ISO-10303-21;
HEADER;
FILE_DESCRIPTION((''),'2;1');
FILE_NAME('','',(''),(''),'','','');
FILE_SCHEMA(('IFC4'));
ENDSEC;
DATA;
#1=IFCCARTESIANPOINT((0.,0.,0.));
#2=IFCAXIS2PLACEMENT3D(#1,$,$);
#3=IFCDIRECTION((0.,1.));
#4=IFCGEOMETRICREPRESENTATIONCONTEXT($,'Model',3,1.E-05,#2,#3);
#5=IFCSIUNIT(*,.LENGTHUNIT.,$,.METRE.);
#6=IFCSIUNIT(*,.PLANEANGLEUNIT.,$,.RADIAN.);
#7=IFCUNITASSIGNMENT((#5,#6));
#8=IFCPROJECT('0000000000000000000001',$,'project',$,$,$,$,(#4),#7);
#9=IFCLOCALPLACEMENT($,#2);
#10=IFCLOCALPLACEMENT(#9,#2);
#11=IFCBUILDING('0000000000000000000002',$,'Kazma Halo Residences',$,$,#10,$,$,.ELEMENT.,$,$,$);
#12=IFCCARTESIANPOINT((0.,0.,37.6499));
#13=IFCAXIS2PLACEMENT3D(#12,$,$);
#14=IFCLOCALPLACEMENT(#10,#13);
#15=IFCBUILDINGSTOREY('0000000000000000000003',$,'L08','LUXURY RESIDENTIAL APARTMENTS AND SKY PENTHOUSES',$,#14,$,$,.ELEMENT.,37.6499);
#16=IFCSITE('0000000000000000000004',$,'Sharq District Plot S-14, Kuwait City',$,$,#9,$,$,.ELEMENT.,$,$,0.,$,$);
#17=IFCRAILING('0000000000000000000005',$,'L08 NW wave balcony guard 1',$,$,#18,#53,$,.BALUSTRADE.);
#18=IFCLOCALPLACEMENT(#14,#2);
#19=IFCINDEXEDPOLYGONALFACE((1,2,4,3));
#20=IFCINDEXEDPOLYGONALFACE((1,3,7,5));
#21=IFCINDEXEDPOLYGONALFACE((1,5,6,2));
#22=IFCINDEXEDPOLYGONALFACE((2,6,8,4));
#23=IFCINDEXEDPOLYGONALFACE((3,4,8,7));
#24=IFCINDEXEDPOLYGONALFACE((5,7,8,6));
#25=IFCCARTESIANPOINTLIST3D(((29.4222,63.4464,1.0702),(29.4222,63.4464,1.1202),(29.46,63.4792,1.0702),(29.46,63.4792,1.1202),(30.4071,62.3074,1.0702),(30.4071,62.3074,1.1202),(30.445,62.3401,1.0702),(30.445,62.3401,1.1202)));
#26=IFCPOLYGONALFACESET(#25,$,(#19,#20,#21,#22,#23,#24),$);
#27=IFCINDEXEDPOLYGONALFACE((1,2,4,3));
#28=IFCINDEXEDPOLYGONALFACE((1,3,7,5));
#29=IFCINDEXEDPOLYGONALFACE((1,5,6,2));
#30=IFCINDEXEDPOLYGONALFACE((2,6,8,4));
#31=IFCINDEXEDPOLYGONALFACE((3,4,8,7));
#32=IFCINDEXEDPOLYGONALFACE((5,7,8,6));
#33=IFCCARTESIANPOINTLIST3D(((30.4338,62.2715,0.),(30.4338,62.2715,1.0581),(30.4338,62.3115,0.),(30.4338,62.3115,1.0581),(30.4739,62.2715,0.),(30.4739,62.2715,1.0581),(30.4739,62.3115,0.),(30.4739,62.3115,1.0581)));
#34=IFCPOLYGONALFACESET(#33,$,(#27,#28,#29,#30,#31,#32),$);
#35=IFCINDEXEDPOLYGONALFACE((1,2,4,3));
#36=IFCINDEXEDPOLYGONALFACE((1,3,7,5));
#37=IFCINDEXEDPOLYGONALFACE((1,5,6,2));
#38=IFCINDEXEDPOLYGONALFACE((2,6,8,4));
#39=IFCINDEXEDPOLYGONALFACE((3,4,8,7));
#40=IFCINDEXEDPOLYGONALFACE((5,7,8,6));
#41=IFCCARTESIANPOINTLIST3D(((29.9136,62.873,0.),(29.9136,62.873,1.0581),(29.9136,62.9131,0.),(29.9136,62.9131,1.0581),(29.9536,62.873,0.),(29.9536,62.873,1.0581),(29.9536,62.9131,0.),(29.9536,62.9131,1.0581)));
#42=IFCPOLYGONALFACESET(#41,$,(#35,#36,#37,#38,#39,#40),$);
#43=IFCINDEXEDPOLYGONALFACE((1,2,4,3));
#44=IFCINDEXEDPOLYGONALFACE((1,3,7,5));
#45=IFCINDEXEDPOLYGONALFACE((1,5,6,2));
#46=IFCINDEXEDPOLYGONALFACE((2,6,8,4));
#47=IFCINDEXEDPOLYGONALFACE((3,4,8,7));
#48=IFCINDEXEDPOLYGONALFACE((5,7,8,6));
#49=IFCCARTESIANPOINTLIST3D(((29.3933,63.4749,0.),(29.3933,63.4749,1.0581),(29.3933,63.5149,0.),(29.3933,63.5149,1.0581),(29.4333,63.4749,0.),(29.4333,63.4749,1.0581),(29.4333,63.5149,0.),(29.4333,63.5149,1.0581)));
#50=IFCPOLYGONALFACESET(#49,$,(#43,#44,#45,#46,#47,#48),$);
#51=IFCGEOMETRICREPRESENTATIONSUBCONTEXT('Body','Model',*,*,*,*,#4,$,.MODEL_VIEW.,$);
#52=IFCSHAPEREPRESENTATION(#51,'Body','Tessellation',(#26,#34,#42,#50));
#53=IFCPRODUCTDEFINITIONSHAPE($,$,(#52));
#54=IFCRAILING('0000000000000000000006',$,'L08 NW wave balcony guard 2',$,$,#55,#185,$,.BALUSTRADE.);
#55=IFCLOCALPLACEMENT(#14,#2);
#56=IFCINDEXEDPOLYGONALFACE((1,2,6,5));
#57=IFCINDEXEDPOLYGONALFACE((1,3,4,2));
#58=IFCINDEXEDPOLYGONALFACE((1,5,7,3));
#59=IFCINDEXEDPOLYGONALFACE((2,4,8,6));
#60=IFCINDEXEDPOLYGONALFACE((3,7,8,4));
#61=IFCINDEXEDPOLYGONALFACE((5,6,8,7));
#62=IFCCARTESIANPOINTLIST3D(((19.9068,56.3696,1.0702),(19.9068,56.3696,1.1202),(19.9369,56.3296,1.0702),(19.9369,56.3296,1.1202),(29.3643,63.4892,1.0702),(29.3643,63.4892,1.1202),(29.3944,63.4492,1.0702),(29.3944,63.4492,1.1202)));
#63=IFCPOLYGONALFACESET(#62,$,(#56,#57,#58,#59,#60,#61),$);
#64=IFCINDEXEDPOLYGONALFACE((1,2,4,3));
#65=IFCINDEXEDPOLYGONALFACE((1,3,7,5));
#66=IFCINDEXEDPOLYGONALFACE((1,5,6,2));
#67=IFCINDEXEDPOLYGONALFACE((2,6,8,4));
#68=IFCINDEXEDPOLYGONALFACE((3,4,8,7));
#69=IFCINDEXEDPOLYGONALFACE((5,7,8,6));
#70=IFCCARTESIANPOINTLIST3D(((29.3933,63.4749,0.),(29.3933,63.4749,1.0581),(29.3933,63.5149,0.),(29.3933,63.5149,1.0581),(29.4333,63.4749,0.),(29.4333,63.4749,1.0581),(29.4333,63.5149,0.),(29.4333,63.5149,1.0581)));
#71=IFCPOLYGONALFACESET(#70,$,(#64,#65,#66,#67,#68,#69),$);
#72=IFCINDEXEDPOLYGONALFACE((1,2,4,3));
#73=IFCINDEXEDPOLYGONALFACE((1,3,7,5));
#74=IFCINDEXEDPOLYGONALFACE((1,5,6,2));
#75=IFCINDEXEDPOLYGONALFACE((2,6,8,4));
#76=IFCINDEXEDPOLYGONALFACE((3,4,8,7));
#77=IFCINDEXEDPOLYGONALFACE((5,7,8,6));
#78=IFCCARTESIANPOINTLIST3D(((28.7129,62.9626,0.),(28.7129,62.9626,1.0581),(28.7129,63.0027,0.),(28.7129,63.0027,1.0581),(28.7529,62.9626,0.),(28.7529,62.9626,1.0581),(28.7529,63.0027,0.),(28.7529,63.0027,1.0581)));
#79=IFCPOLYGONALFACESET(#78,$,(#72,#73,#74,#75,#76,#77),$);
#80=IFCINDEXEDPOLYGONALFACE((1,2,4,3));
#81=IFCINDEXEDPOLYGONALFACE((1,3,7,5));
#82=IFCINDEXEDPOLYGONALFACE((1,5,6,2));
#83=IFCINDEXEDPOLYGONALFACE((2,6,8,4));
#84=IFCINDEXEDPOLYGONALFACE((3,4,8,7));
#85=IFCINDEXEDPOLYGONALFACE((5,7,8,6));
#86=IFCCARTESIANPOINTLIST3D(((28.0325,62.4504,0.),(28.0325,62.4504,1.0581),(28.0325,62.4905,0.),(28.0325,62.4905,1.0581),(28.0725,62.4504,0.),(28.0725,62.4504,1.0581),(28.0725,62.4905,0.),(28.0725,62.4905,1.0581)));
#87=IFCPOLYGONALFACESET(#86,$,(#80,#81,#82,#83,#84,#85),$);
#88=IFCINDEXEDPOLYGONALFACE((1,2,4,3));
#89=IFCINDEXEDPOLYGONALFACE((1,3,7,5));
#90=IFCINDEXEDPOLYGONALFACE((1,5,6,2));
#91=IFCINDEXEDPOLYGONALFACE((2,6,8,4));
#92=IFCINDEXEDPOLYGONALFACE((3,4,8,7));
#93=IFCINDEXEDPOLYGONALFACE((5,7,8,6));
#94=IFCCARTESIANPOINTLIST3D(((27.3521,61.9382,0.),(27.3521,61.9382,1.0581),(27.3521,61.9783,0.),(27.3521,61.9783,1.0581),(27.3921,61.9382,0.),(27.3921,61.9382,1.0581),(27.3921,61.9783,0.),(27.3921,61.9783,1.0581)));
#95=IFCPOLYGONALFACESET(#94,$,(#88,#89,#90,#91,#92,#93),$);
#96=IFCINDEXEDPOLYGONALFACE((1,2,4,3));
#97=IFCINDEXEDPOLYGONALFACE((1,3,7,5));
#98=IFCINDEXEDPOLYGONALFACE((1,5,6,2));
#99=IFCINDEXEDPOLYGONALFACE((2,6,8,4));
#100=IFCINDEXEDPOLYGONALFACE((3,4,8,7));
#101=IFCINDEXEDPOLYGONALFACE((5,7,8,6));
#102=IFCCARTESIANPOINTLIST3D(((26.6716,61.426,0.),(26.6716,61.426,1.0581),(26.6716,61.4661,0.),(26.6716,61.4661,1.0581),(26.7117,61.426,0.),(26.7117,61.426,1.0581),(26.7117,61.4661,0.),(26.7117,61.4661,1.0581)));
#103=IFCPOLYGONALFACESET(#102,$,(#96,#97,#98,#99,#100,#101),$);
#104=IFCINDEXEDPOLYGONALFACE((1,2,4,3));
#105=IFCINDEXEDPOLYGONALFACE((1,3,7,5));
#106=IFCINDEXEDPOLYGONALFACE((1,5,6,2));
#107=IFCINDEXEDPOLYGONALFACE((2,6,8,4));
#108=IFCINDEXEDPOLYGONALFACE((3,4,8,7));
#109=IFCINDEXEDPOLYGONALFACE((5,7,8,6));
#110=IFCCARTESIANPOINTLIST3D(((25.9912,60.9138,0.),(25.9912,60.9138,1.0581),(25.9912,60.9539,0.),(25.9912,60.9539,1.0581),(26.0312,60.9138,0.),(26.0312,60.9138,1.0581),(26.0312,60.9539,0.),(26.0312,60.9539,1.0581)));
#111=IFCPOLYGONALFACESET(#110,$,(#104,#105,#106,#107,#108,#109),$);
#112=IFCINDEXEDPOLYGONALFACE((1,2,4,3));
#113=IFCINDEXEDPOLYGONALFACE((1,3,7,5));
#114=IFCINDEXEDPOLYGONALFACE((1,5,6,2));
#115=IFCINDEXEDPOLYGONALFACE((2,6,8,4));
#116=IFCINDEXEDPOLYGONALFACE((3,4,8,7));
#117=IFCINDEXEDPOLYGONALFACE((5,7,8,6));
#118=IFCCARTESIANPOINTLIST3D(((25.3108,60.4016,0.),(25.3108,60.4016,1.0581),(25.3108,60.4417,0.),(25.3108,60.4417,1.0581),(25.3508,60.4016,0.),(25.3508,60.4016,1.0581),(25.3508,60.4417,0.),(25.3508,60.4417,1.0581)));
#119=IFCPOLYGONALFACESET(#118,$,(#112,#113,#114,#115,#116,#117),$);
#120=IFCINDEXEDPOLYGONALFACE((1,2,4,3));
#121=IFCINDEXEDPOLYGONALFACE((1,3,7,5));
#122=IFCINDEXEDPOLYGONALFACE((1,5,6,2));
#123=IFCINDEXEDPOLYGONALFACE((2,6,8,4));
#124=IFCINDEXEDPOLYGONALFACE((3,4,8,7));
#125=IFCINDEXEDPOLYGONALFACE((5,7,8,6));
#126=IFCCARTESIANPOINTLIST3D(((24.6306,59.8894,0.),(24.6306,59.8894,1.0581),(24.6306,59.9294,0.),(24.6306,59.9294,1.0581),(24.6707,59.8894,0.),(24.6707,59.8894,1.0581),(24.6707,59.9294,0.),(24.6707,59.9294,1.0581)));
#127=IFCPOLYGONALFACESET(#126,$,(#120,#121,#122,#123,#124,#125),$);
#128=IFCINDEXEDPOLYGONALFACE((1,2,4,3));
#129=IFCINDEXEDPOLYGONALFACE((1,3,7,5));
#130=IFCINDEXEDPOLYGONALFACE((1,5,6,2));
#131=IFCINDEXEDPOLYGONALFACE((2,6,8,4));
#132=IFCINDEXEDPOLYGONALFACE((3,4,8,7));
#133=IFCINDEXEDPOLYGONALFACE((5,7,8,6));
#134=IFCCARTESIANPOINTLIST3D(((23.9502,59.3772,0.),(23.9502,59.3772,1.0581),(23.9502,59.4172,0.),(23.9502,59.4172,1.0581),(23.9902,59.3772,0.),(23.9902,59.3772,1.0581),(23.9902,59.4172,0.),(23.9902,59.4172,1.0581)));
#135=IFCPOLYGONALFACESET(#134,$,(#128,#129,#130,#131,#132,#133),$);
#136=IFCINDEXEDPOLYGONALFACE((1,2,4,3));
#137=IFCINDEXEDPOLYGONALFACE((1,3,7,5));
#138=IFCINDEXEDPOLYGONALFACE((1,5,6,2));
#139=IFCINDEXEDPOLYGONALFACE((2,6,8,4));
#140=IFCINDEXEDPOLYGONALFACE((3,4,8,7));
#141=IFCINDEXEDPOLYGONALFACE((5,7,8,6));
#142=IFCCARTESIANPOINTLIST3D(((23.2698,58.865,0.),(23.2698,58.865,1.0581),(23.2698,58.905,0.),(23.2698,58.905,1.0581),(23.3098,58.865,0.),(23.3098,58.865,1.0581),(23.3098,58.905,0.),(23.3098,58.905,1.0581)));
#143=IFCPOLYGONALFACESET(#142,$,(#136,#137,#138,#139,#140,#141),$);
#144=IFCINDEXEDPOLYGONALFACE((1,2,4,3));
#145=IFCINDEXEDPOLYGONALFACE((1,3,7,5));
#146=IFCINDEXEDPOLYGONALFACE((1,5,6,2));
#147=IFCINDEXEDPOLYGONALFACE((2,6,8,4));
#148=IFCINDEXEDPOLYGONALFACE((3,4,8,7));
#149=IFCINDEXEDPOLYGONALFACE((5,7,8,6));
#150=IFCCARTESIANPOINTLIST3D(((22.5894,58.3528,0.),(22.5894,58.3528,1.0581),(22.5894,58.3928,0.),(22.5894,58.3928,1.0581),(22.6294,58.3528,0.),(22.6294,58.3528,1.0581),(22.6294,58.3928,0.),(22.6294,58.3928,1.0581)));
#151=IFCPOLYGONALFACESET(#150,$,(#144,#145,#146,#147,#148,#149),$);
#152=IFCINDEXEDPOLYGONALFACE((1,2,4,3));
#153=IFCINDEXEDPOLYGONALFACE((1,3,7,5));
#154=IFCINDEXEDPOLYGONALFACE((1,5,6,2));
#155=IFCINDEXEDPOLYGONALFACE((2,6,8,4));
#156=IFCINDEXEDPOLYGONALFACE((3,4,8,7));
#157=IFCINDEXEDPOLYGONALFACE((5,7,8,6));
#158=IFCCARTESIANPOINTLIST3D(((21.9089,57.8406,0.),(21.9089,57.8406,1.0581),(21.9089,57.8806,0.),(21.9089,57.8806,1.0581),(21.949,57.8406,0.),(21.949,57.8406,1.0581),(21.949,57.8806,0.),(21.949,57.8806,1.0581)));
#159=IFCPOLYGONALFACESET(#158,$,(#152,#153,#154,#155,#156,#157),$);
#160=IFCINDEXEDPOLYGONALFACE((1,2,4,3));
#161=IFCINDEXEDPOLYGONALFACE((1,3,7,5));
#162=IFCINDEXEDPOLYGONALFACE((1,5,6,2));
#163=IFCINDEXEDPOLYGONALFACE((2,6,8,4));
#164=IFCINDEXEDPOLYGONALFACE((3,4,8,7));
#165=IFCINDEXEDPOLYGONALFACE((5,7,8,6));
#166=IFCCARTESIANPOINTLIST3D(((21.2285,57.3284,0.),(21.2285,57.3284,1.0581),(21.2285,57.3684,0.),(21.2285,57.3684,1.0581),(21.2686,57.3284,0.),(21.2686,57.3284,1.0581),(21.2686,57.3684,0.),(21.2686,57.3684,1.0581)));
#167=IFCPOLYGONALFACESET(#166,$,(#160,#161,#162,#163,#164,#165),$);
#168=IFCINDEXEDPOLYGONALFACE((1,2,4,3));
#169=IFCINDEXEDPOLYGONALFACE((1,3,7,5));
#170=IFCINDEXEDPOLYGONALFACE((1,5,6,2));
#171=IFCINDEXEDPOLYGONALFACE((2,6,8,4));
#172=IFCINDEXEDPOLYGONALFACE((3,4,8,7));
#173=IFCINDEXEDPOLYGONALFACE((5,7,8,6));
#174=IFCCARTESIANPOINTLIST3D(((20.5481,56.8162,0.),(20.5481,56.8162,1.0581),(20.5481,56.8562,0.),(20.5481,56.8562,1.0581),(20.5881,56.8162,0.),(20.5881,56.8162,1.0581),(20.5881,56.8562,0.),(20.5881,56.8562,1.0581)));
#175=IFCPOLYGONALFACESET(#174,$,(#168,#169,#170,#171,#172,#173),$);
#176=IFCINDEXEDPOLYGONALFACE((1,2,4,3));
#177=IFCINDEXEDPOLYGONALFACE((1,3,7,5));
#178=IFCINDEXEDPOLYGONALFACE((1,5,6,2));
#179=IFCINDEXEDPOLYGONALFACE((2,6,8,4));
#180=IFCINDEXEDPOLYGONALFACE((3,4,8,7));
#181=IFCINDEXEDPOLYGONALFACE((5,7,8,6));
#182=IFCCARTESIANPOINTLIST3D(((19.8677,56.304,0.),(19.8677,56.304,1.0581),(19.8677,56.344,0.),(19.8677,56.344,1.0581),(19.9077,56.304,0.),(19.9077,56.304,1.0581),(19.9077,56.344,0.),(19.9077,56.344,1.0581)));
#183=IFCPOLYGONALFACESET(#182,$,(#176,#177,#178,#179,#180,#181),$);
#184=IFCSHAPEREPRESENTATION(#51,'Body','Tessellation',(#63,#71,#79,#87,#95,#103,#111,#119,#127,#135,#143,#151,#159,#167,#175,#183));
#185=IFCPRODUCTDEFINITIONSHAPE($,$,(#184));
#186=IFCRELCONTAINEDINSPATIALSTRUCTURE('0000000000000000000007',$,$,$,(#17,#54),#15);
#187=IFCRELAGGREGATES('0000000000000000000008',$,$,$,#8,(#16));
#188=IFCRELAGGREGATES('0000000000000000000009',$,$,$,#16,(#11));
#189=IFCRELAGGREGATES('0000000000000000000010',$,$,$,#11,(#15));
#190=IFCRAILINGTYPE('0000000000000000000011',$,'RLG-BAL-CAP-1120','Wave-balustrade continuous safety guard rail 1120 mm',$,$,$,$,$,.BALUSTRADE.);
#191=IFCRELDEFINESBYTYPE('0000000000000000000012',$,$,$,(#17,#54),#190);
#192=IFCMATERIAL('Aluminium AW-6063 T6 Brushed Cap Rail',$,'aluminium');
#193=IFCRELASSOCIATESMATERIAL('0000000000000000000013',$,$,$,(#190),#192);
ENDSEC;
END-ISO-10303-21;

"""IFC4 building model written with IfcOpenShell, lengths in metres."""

from ifc_helpers import new_model, si_unit, direction, frame, origin, origin_2d, place, context, subcontext, project, spatial, rectangle, extrude, material, type_object, element, save


model = new_model("IFC4")

# Units and contexts
model_context = context("Model", 3, precision=1e-05, world=origin(), true_north=direction((0.0, 1.0)))
body_context = subcontext(model_context, "Body", "Model", "MODEL_VIEW")
ifc_project = project(units=[si_unit("LENGTHUNIT", "METRE"), si_unit("PLANEANGLEUNIT", "RADIAN")], contexts=[model_context])

# Site, building, storey
site_placement = place(None, origin())
site = spatial("IfcSite", under=ifc_project, at=site_placement, Name="Sharq District Plot S-14, Kuwait City", CompositionType="ELEMENT", RefElevation=0.0)
building_placement = place(site_placement, origin())
building = spatial("IfcBuilding", under=site, at=building_placement, Name="Kazma Halo Residences", CompositionType="ELEMENT")
storey_placement = place(building_placement, frame((0.0, 0.0, 37.6499)))
storey = spatial("IfcBuildingStorey", under=building, at=storey_placement, Name="L08", Description="LUXURY RESIDENTIAL APARTMENTS AND SKY PENTHOUSES", CompositionType="ELEMENT", Elevation=37.6499)

# Railings
ifc_material_1 = material(Name="Aluminium AW-6063 T6 Brushed Cap Rail", Category="aluminium")
railing_type = type_object("IfcRailingType", Name="RLG-BAL-CAP-1120", Description="Wave-balustrade continuous safety guard rail 1120 mm", PredefinedType="BALUSTRADE", material=ifc_material_1)
railing_1_placement = place(storey_placement, frame((30.4539, 62.2915, 0.0)))
element("IfcRailing", 1, at=railing_1_placement, inside=storey, type_object=railing_type, Name="L08 NW wave balcony guard 1", PredefinedType="BALUSTRADE", context=body_context, shape_type="SweptSolid", body=[
    extrude(rectangle(XDim=0.05, YDim=0.05, at=origin_2d()), frame((-0.0278, 0.0322, 1.0952), z_axis=(-0.654071, 0.756433, 0.0), x_axis=(-0.756433, -0.654071, 0.0)), (0.0, 0.0, 1.0), 1.5059),
    extrude(rectangle(XDim=0.04, YDim=0.04, at=origin_2d()), origin(), (0.0, 0.0, 1.0), 1.0581),
    extrude(rectangle(XDim=0.04, YDim=0.04, at=origin_2d()), frame((-0.5203, 0.6016, 0.0)), (0.0, 0.0, 1.0), 1.0581),
    extrude(rectangle(XDim=0.04, YDim=0.04, at=origin_2d()), frame((-1.0405, 1.2034, 0.0)), (0.0, 0.0, 1.0), 1.0581),
])
railing_2_placement = place(storey_placement, frame((29.4133, 63.4949, 0.0)))
element("IfcRailing", 2, at=railing_2_placement, inside=storey, type_object=railing_type, Name="L08 NW wave balcony guard 2", PredefinedType="BALUSTRADE", context=body_context, shape_type="SweptSolid", body=[
    extrude(rectangle(XDim=0.05, YDim=0.05, at=origin_2d()), frame((-0.0339, -0.0256, 1.0952), z_axis=(-0.798925, -0.601431, 0.0), x_axis=(0.601431, -0.798925, 0.0)), (0.0, 0.0, 1.0), 11.8379),
    extrude(rectangle(XDim=0.04, YDim=0.04, at=origin_2d()), origin(), (0.0, 0.0, 1.0), 1.0581),
    extrude(rectangle(XDim=0.04, YDim=0.04, at=origin_2d()), frame((-0.6804, -0.5122, 0.0)), (0.0, 0.0, 1.0), 1.0581),
    extrude(rectangle(XDim=0.04, YDim=0.04, at=origin_2d()), frame((-1.3608, -1.0244, 0.0)), (0.0, 0.0, 1.0), 1.0581),
    extrude(rectangle(XDim=0.04, YDim=0.04, at=origin_2d()), frame((-2.0413, -1.5366, 0.0)), (0.0, 0.0, 1.0), 1.0581),
    extrude(rectangle(XDim=0.04, YDim=0.04, at=origin_2d()), frame((-2.7217, -2.0488, 0.0)), (0.0, 0.0, 1.0), 1.0581),
    extrude(rectangle(XDim=0.04, YDim=0.04, at=origin_2d()), frame((-3.4021, -2.561, 0.0)), (0.0, 0.0, 1.0), 1.0581),
    extrude(rectangle(XDim=0.04, YDim=0.04, at=origin_2d()), frame((-4.0825, -3.0732, 0.0)), (0.0, 0.0, 1.0), 1.0581),
    extrude(rectangle(XDim=0.04, YDim=0.04, at=origin_2d()), frame((-4.7627, -3.5854, 0.0)), (0.0, 0.0, 1.0), 1.0581),
    extrude(rectangle(XDim=0.04, YDim=0.04, at=origin_2d()), frame((-5.4431, -4.0977, 0.0)), (0.0, 0.0, 1.0), 1.0581),
    extrude(rectangle(XDim=0.04, YDim=0.04, at=origin_2d()), frame((-6.1235, -4.6099, 0.0)), (0.0, 0.0, 1.0), 1.0581),
    extrude(rectangle(XDim=0.04, YDim=0.04, at=origin_2d()), frame((-6.804, -5.1221, 0.0)), (0.0, 0.0, 1.0), 1.0581),
    extrude(rectangle(XDim=0.04, YDim=0.04, at=origin_2d()), frame((-7.4844, -5.6343, 0.0)), (0.0, 0.0, 1.0), 1.0581),
    extrude(rectangle(XDim=0.04, YDim=0.04, at=origin_2d()), frame((-8.1648, -6.1465, 0.0)), (0.0, 0.0, 1.0), 1.0581),
    extrude(rectangle(XDim=0.04, YDim=0.04, at=origin_2d()), frame((-8.8452, -6.6587, 0.0)), (0.0, 0.0, 1.0), 1.0581),
    extrude(rectangle(XDim=0.04, YDim=0.04, at=origin_2d()), frame((-9.5256, -7.1709, 0.0)), (0.0, 0.0, 1.0), 1.0581),
])

save(model, "model.ifc")
